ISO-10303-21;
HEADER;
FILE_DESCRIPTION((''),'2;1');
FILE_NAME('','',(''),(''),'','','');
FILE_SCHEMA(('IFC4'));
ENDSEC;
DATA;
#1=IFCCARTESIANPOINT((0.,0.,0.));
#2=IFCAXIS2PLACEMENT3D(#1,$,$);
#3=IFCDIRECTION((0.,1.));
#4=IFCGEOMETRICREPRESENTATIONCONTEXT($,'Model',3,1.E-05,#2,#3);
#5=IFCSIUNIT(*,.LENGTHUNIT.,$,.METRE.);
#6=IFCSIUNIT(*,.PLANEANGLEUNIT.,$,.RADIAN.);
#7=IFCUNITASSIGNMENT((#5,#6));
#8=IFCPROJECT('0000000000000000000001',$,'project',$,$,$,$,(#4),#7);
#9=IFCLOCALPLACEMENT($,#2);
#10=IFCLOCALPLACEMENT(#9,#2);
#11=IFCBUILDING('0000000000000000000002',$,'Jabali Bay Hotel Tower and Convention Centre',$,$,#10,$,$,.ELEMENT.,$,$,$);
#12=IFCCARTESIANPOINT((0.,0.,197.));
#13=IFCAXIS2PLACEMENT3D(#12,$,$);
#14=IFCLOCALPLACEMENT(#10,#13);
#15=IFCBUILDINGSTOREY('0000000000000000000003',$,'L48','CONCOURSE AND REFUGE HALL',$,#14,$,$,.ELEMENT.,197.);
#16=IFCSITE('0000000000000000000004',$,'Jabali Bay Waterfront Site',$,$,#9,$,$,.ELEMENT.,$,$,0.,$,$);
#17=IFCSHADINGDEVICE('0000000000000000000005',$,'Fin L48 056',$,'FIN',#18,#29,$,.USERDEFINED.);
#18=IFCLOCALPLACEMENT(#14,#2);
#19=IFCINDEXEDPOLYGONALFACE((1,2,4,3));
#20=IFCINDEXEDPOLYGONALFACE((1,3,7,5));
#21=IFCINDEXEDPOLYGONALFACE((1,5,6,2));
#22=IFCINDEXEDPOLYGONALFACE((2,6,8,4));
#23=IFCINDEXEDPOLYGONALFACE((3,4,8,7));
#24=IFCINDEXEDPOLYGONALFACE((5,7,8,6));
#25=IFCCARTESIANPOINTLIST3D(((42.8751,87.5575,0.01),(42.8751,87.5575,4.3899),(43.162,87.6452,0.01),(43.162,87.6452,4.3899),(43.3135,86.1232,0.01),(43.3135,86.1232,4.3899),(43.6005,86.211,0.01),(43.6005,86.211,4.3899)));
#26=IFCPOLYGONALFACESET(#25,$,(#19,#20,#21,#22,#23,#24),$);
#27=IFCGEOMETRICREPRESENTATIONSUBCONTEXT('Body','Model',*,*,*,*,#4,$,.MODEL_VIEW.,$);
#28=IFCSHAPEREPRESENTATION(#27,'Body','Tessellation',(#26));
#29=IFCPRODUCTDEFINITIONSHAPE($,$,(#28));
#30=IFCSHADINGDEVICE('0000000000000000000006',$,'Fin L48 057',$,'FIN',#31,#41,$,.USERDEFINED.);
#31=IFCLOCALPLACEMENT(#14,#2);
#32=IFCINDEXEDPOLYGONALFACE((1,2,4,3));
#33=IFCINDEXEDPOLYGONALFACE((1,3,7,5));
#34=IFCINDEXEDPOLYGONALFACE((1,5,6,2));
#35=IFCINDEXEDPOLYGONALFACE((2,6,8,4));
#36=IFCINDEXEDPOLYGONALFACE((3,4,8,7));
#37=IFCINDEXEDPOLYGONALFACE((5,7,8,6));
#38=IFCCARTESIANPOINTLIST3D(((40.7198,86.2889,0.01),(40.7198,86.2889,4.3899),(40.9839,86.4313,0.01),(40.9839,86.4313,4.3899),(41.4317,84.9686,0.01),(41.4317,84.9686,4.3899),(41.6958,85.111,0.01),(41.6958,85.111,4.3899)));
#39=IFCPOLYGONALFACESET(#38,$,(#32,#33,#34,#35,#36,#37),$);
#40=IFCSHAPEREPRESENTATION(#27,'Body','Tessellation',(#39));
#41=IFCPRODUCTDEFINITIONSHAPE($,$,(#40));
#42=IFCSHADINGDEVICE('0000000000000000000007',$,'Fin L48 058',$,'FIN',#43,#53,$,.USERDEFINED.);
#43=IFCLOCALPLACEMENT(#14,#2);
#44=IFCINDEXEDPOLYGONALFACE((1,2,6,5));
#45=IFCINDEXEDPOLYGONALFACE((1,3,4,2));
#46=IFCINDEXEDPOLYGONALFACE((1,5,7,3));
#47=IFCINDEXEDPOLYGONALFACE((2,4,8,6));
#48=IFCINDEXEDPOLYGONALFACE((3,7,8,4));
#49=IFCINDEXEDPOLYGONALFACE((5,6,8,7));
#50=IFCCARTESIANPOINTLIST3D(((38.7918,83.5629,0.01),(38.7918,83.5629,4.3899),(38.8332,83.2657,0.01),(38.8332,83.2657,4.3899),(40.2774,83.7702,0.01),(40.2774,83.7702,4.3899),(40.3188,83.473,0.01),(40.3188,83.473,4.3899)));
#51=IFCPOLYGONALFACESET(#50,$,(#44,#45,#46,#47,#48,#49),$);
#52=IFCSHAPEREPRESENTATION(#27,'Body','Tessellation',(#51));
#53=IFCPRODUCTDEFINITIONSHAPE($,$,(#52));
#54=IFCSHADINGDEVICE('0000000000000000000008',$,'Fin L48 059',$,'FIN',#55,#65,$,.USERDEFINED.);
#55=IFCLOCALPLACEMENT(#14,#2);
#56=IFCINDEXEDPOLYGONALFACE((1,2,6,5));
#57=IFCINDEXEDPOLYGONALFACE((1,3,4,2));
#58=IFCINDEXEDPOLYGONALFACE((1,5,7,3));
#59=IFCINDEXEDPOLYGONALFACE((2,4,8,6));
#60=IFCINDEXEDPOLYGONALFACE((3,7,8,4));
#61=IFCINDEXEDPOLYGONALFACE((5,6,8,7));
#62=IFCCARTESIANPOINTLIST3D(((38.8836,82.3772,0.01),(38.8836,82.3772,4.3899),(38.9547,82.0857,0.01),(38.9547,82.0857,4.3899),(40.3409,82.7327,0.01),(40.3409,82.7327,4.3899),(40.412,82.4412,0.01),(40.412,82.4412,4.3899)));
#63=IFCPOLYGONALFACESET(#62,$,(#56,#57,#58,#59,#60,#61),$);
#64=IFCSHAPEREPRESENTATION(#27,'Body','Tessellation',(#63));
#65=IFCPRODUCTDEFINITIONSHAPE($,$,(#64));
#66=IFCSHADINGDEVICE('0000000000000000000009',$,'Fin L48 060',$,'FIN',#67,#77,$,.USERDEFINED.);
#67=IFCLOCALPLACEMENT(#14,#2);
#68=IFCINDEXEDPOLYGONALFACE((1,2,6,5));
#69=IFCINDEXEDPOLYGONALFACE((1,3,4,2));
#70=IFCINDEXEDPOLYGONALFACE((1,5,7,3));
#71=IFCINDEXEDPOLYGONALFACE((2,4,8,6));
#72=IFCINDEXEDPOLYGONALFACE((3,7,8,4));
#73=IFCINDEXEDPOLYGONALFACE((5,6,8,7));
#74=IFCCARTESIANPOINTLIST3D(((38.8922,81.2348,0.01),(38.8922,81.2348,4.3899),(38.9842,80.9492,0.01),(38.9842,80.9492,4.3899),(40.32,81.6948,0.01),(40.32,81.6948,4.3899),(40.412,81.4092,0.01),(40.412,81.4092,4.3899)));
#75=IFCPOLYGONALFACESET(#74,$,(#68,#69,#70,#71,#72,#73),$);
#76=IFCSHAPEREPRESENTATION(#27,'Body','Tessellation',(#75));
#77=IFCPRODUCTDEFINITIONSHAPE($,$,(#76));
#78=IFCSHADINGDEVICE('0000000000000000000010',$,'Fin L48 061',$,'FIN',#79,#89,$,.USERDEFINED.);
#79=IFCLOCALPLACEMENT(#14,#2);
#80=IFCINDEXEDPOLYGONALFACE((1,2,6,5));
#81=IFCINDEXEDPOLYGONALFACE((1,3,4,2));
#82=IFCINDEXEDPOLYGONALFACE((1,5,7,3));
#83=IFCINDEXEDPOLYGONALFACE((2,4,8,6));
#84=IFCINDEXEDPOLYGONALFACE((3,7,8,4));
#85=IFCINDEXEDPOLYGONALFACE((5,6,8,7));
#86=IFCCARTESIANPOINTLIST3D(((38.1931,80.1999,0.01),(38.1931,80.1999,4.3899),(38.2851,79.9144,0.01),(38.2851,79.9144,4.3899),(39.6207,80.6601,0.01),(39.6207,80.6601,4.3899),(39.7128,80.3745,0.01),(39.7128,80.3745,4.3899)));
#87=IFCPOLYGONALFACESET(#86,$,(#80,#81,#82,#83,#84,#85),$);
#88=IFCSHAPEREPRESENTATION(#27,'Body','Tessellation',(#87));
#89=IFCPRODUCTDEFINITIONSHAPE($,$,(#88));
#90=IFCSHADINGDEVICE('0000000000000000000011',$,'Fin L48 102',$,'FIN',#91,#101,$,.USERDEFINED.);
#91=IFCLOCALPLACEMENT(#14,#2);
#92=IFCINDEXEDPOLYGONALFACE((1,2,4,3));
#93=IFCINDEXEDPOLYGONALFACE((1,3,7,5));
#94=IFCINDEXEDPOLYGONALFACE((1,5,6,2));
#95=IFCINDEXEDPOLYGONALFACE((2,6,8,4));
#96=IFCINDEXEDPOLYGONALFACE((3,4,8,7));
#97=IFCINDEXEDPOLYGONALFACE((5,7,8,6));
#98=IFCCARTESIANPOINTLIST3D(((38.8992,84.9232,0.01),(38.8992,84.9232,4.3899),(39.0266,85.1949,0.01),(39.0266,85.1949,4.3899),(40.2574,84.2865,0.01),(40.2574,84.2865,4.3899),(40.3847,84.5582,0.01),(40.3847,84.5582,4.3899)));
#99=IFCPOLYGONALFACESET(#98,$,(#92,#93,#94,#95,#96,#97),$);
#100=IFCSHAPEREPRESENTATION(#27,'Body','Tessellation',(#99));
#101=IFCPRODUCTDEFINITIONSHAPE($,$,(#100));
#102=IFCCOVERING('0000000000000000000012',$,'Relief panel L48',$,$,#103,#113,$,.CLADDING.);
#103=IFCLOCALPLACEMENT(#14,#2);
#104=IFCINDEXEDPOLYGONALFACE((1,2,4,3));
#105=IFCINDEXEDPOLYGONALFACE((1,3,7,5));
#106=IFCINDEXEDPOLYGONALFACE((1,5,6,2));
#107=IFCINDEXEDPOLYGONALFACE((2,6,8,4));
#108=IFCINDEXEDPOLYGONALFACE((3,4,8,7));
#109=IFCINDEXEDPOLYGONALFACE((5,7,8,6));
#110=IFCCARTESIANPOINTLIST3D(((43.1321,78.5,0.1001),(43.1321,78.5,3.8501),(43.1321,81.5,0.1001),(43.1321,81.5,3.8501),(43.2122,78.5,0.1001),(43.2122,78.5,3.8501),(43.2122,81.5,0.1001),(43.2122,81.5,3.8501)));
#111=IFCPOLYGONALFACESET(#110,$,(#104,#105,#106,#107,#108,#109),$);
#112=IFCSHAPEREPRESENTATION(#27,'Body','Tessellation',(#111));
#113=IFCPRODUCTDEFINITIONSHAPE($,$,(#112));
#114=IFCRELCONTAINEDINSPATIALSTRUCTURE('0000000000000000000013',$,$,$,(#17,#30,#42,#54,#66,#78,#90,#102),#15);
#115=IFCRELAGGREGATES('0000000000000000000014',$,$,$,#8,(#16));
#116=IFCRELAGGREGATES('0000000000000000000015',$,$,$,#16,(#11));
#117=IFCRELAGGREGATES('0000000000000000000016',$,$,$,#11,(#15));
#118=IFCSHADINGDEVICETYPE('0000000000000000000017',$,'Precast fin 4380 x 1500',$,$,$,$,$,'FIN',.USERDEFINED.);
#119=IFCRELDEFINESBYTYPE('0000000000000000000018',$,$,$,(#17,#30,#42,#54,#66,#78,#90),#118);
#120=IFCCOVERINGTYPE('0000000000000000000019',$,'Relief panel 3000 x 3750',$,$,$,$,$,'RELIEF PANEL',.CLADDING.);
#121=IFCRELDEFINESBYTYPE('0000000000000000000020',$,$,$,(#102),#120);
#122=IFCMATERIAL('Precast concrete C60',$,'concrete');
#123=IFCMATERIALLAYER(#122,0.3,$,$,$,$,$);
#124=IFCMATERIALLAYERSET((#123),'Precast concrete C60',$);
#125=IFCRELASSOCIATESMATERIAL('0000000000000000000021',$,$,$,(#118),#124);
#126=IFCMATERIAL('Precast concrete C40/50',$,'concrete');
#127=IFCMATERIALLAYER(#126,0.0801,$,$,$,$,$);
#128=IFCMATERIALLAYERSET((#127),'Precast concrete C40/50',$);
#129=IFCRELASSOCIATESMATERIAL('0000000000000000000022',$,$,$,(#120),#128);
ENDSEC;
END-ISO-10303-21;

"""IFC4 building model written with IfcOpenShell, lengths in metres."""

from ifc_helpers import new_model, si_unit, direction, frame, frame_2d, origin, origin_2d, place, context, subcontext, project, spatial, rectangle, extrude, material, layer, layer_set, type_object, element, save


model = new_model("IFC4")

# Units and contexts
model_context = context("Model", 3, precision=1e-05, world=origin(), true_north=direction((0.0, 1.0)))
body_context = subcontext(model_context, "Body", "Model", "MODEL_VIEW")
ifc_project = project(units=[si_unit("LENGTHUNIT", "METRE"), si_unit("PLANEANGLEUNIT", "RADIAN")], contexts=[model_context])

# Site, building, storey
site_placement = place(None, origin())
site = spatial("IfcSite", under=ifc_project, at=site_placement, Name="Jabali Bay Waterfront Site", CompositionType="ELEMENT", RefElevation=0.0)
building_placement = place(site_placement, origin())
building = spatial("IfcBuilding", under=site, at=building_placement, Name="Jabali Bay Hotel Tower and Convention Centre", CompositionType="ELEMENT")
storey_placement = place(building_placement, frame((0.0, 0.0, 197.0)))
storey = spatial("IfcBuildingStorey", under=building, at=storey_placement, Name="L48", Description="CONCOURSE AND REFUGE HALL", CompositionType="ELEMENT", Elevation=197.0)

# Shading devices
ifc_material_1 = material(Name="Precast concrete C60", Category="concrete")
ifc_layer_1 = layer(ifc_material_1, 0.3)
ifc_layer_set_1 = layer_set([ifc_layer_1], Name="Precast concrete C60")
shading_device_type = type_object("IfcShadingDeviceType", Name="Precast fin 4380 x 1500", ElementType="FIN", PredefinedType="USERDEFINED", material=ifc_layer_set_1)
shading_device_1_placement = place(storey_placement, frame((43.457, 86.167, 0.01), z_axis=(0.0, 0.0, 1.0), x_axis=(-0.292347, 0.956312, 0.0)))
element("IfcShadingDevice", 1, at=shading_device_1_placement, inside=storey, type_object=shading_device_type, Name="Fin L48 056", ObjectType="FIN", PredefinedType="USERDEFINED", context=body_context, shape_type="SweptSolid", body=[
    extrude(rectangle(XDim=1.4998, YDim=0.3, at=frame_2d((0.75, 0.0))), origin(), (0.0, 0.0, 1.0), 4.3799),
])
for number, where, z_axis, x_axis, name in (
    (2, (41.5637, 85.0398, 0.01), (0.0, 0.0, 1.0), (-0.474604, 0.880199, 0.0), "Fin L48 057"),
    (3, (40.2981, 83.6216, 0.01), (0.0, 0.0, 1.0), (-0.990406, -0.138185, 0.0), "Fin L48 058"),
    (4, (40.3765, 82.5869, 0.01), (0.0, 0.0, 1.0), (-0.971515, -0.236979, 0.0), "Fin L48 059"),
    (5, (40.366, 81.552, 0.01), (0.0, 0.0, 1.0), (-0.951825, -0.306641, 0.0), "Fin L48 060"),
    (6, (39.6667, 80.5173, 0.01), (0.0, 0.0, 1.0), (-0.951778, -0.306789, 0.0), "Fin L48 061"),
    (7, (40.321, 84.4224, 0.01), (0.0, 0.0, 1.0), (-0.905437, 0.42448, 0.0), "Fin L48 102"),
):
    element("IfcShadingDevice", number, at=place(storey_placement, frame(where, z_axis=z_axis, x_axis=x_axis)), inside=storey, type_object=shading_device_type, Name=name, ObjectType="FIN", PredefinedType="USERDEFINED", context=body_context, shape_type="SweptSolid", body=[
        extrude(rectangle(XDim=1.5, YDim=0.3, at=frame_2d((0.75, 0.0))), origin(), (0.0, 0.0, 1.0), 4.3799),
    ])

# Covering
ifc_material_2 = material(Name="Precast concrete C40/50", Category="concrete")
ifc_layer_2 = layer(ifc_material_2, 0.0801)
ifc_layer_set_2 = layer_set([ifc_layer_2], Name="Precast concrete C40/50")
covering_type = type_object("IfcCoveringType", Name="Relief panel 3000 x 3750", ElementType="RELIEF PANEL", PredefinedType="CLADDING", material=ifc_layer_set_2)
covering_placement = place(storey_placement, frame((43.1721, 80.0, 0.1001), z_axis=(0.0, 0.0, 1.0), x_axis=(0.0, 1.0, 0.0)))
element("IfcCovering", 8, at=covering_placement, inside=storey, type_object=covering_type, Name="Relief panel L48", PredefinedType="CLADDING", context=body_context, shape_type="SweptSolid", body=[
    extrude(rectangle(XDim=3.0, YDim=0.0801, at=origin_2d()), origin(), (0.0, 0.0, 1.0), 3.75),
])

save(model, "model.ifc")
